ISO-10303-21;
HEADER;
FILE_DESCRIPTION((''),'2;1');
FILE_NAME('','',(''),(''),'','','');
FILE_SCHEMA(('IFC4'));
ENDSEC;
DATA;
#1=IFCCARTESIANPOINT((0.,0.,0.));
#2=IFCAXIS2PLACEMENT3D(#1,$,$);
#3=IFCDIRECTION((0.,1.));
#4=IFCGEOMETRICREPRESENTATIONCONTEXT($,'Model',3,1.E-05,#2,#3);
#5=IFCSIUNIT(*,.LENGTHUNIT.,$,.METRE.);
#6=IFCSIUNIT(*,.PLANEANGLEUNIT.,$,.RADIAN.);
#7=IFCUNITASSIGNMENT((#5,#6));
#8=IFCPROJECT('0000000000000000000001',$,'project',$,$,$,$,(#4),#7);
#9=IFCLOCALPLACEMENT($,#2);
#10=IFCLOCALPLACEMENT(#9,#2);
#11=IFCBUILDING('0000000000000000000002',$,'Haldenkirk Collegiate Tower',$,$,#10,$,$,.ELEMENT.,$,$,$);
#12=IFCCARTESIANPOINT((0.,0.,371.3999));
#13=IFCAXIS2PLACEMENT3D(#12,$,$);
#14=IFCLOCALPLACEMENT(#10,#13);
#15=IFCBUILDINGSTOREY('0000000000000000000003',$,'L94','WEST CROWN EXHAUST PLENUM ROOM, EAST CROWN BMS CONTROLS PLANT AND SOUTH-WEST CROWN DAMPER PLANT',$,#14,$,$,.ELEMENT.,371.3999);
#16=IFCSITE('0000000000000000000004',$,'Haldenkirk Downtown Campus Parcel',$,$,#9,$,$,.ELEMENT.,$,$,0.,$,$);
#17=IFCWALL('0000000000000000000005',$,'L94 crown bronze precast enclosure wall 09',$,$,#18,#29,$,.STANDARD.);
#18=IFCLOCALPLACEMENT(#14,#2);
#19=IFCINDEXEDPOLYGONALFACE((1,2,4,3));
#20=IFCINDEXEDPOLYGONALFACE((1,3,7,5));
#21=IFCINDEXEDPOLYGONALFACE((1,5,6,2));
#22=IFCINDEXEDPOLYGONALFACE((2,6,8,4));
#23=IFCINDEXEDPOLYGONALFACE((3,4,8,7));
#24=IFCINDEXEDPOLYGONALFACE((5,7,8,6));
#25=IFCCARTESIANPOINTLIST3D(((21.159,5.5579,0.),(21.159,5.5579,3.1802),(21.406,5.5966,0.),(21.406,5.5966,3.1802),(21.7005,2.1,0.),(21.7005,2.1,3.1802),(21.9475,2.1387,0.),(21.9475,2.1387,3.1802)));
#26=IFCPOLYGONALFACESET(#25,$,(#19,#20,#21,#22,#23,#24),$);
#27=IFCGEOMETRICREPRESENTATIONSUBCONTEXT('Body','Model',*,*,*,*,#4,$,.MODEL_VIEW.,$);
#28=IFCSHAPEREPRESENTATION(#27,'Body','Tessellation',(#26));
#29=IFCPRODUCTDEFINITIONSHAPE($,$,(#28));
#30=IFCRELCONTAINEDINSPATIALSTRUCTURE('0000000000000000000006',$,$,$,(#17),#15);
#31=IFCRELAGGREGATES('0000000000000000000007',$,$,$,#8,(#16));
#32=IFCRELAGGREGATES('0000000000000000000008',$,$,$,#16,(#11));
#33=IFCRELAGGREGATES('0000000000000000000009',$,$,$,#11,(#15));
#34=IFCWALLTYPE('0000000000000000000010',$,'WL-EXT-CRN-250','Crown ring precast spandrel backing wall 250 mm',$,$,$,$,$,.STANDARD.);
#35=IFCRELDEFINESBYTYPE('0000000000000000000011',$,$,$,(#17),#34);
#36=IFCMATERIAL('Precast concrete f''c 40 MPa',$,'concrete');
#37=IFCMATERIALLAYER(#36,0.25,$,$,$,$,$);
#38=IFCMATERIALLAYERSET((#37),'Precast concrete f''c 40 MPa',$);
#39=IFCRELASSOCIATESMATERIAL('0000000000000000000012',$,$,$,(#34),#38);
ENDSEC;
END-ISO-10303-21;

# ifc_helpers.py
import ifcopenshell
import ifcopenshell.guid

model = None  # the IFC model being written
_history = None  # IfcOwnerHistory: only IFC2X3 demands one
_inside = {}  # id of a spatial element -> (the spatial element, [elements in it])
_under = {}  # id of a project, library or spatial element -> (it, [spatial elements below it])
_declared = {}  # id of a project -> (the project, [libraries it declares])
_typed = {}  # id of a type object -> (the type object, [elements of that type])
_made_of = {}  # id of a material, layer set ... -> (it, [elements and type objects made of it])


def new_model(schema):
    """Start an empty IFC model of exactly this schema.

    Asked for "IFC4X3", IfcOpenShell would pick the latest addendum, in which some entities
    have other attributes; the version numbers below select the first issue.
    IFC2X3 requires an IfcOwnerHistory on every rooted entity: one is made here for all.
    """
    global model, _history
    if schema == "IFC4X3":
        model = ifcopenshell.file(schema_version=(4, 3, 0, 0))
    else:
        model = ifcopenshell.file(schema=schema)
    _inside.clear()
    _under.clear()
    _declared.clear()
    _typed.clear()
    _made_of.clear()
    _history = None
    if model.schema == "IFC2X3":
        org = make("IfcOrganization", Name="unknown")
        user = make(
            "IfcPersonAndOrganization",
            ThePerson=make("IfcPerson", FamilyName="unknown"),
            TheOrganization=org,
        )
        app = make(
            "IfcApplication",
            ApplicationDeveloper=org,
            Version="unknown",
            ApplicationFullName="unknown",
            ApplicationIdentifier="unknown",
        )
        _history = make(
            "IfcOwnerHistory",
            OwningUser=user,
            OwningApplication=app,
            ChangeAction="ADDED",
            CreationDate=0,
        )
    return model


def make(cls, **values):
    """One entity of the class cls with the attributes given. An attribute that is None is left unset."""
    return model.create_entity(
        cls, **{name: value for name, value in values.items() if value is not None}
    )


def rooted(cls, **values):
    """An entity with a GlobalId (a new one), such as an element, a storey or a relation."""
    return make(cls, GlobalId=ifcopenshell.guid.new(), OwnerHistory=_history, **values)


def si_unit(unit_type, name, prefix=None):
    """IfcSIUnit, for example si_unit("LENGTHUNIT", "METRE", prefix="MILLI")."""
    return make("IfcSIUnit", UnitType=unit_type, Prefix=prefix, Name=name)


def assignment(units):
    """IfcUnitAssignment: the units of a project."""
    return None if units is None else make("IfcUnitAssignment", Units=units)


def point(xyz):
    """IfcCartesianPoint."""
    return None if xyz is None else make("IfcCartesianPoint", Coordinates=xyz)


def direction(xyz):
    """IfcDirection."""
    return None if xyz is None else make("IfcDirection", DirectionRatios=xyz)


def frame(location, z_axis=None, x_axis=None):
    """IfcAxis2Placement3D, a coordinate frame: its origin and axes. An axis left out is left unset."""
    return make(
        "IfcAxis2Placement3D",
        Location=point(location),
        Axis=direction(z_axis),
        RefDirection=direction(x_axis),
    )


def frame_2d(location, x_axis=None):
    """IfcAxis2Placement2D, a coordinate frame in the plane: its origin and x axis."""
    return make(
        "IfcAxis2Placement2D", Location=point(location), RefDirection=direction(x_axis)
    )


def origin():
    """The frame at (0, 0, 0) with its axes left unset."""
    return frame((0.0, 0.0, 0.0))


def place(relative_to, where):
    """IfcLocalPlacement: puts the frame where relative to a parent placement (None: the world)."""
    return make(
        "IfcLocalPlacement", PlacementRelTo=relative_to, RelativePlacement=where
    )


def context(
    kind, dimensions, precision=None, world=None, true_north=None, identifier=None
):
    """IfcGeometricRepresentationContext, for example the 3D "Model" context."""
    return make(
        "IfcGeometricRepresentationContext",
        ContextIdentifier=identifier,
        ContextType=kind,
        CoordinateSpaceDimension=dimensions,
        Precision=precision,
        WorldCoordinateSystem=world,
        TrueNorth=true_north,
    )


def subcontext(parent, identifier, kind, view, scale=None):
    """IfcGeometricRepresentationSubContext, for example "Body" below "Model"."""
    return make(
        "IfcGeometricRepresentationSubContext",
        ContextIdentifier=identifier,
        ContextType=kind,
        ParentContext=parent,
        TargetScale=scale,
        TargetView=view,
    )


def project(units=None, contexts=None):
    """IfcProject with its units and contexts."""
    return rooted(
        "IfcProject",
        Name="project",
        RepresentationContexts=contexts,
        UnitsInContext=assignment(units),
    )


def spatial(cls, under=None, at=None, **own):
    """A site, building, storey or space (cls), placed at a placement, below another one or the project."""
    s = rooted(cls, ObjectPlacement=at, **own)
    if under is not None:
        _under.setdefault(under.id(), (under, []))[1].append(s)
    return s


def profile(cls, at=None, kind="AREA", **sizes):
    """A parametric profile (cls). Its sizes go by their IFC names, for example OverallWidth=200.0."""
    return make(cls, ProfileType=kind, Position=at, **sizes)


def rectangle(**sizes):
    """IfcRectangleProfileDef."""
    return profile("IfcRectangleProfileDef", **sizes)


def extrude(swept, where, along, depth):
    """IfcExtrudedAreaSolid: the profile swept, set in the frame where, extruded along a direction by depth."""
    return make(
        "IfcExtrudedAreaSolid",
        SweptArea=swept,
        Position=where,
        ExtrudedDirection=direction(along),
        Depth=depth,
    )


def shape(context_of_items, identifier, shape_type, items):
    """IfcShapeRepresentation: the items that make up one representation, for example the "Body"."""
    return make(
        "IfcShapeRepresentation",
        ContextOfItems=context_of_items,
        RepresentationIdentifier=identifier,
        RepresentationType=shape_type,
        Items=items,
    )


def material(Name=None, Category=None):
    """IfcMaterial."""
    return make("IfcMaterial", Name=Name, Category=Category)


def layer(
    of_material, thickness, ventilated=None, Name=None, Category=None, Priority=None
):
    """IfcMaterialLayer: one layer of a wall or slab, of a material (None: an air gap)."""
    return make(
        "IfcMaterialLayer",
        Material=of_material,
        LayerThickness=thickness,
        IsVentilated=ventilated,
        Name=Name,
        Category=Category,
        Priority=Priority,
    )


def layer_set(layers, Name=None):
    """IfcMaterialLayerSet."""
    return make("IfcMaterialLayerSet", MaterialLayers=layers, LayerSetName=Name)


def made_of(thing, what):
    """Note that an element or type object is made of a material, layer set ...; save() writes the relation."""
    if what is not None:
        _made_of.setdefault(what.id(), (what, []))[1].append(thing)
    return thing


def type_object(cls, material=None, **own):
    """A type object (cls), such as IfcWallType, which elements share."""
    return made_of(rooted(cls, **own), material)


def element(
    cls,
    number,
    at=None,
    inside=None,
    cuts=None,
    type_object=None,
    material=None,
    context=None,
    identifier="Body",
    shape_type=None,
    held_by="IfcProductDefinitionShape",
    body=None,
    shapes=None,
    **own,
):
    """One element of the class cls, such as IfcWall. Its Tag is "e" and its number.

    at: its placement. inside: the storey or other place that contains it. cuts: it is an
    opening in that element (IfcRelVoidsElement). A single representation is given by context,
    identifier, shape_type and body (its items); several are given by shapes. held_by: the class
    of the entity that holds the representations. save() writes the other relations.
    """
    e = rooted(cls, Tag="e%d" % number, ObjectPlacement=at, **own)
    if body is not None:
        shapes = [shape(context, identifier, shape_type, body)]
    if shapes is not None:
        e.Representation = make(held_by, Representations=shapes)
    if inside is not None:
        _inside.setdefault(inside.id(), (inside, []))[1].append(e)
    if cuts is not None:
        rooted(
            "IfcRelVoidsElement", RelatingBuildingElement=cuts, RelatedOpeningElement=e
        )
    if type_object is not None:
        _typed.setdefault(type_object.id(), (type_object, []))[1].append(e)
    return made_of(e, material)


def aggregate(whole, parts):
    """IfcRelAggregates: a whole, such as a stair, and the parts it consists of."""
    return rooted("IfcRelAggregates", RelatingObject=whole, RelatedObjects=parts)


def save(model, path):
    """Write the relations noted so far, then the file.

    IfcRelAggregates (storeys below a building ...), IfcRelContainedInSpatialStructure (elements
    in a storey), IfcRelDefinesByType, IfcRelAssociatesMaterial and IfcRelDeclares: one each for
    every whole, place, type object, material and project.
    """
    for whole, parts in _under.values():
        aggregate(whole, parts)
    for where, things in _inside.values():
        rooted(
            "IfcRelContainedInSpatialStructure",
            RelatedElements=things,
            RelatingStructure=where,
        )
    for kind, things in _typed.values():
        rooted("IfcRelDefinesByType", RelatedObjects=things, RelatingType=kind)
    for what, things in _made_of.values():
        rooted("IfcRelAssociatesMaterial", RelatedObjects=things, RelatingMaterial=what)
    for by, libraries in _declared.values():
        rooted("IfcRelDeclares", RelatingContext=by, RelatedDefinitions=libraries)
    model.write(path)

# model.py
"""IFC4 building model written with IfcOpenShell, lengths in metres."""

from ifc_helpers import new_model, si_unit, direction, frame, frame_2d, origin, place, context, subcontext, project, spatial, rectangle, extrude, material, layer, layer_set, type_object, element, save


model = new_model("IFC4")

# Units and contexts
model_context = context("Model", 3, precision=1e-05, world=origin(), true_north=direction((0.0, 1.0)))
body_context = subcontext(model_context, "Body", "Model", "MODEL_VIEW")
ifc_project = project(units=[si_unit("LENGTHUNIT", "METRE"), si_unit("PLANEANGLEUNIT", "RADIAN")], contexts=[model_context])

# Site, building, storey
site_placement = place(None, origin())
site = spatial("IfcSite", under=ifc_project, at=site_placement, Name="Haldenkirk Downtown Campus Parcel", CompositionType="ELEMENT", RefElevation=0.0)
building_placement = place(site_placement, origin())
building = spatial("IfcBuilding", under=site, at=building_placement, Name="Haldenkirk Collegiate Tower", CompositionType="ELEMENT")
storey_placement = place(building_placement, frame((0.0, 0.0, 371.3999)))
storey = spatial("IfcBuildingStorey", under=building, at=storey_placement, Name="L94", Description="WEST CROWN EXHAUST PLENUM ROOM, EAST CROWN BMS CONTROLS PLANT AND SOUTH-WEST CROWN DAMPER PLANT", CompositionType="ELEMENT", Elevation=371.3999)

# Wall
ifc_material_1 = material(Name="Precast concrete f'c 40 MPa", Category="concrete")
ifc_layer_1 = layer(ifc_material_1, 0.25)
ifc_layer_set_1 = layer_set([ifc_layer_1], Name="Precast concrete f'c 40 MPa")
wall_type = type_object("IfcWallType", Name="WL-EXT-CRN-250", Description="Crown ring precast spandrel backing wall 250 mm", PredefinedType="STANDARD", material=ifc_layer_set_1)
for number, where, z_axis, x_axis, name in (
    (1, (21.824, 2.1194, 0.0), (0.0, 0.0, 1.0), (-0.154719, 0.987958, 0.0), "L94 crown bronze precast enclosure wall 09"),
):
    element("IfcWall", number, at=place(storey_placement, frame(where, z_axis=z_axis, x_axis=x_axis)), inside=storey, type_object=wall_type, Name=name, PredefinedType="STANDARD", context=body_context, shape_type="SweptSolid", body=[
        extrude(rectangle(XDim=3.5, YDim=0.25, at=frame_2d((1.75, 0.0))), origin(), (0.0, 0.0, 1.0), 3.1802),
    ])

save(model, "model.ifc")
